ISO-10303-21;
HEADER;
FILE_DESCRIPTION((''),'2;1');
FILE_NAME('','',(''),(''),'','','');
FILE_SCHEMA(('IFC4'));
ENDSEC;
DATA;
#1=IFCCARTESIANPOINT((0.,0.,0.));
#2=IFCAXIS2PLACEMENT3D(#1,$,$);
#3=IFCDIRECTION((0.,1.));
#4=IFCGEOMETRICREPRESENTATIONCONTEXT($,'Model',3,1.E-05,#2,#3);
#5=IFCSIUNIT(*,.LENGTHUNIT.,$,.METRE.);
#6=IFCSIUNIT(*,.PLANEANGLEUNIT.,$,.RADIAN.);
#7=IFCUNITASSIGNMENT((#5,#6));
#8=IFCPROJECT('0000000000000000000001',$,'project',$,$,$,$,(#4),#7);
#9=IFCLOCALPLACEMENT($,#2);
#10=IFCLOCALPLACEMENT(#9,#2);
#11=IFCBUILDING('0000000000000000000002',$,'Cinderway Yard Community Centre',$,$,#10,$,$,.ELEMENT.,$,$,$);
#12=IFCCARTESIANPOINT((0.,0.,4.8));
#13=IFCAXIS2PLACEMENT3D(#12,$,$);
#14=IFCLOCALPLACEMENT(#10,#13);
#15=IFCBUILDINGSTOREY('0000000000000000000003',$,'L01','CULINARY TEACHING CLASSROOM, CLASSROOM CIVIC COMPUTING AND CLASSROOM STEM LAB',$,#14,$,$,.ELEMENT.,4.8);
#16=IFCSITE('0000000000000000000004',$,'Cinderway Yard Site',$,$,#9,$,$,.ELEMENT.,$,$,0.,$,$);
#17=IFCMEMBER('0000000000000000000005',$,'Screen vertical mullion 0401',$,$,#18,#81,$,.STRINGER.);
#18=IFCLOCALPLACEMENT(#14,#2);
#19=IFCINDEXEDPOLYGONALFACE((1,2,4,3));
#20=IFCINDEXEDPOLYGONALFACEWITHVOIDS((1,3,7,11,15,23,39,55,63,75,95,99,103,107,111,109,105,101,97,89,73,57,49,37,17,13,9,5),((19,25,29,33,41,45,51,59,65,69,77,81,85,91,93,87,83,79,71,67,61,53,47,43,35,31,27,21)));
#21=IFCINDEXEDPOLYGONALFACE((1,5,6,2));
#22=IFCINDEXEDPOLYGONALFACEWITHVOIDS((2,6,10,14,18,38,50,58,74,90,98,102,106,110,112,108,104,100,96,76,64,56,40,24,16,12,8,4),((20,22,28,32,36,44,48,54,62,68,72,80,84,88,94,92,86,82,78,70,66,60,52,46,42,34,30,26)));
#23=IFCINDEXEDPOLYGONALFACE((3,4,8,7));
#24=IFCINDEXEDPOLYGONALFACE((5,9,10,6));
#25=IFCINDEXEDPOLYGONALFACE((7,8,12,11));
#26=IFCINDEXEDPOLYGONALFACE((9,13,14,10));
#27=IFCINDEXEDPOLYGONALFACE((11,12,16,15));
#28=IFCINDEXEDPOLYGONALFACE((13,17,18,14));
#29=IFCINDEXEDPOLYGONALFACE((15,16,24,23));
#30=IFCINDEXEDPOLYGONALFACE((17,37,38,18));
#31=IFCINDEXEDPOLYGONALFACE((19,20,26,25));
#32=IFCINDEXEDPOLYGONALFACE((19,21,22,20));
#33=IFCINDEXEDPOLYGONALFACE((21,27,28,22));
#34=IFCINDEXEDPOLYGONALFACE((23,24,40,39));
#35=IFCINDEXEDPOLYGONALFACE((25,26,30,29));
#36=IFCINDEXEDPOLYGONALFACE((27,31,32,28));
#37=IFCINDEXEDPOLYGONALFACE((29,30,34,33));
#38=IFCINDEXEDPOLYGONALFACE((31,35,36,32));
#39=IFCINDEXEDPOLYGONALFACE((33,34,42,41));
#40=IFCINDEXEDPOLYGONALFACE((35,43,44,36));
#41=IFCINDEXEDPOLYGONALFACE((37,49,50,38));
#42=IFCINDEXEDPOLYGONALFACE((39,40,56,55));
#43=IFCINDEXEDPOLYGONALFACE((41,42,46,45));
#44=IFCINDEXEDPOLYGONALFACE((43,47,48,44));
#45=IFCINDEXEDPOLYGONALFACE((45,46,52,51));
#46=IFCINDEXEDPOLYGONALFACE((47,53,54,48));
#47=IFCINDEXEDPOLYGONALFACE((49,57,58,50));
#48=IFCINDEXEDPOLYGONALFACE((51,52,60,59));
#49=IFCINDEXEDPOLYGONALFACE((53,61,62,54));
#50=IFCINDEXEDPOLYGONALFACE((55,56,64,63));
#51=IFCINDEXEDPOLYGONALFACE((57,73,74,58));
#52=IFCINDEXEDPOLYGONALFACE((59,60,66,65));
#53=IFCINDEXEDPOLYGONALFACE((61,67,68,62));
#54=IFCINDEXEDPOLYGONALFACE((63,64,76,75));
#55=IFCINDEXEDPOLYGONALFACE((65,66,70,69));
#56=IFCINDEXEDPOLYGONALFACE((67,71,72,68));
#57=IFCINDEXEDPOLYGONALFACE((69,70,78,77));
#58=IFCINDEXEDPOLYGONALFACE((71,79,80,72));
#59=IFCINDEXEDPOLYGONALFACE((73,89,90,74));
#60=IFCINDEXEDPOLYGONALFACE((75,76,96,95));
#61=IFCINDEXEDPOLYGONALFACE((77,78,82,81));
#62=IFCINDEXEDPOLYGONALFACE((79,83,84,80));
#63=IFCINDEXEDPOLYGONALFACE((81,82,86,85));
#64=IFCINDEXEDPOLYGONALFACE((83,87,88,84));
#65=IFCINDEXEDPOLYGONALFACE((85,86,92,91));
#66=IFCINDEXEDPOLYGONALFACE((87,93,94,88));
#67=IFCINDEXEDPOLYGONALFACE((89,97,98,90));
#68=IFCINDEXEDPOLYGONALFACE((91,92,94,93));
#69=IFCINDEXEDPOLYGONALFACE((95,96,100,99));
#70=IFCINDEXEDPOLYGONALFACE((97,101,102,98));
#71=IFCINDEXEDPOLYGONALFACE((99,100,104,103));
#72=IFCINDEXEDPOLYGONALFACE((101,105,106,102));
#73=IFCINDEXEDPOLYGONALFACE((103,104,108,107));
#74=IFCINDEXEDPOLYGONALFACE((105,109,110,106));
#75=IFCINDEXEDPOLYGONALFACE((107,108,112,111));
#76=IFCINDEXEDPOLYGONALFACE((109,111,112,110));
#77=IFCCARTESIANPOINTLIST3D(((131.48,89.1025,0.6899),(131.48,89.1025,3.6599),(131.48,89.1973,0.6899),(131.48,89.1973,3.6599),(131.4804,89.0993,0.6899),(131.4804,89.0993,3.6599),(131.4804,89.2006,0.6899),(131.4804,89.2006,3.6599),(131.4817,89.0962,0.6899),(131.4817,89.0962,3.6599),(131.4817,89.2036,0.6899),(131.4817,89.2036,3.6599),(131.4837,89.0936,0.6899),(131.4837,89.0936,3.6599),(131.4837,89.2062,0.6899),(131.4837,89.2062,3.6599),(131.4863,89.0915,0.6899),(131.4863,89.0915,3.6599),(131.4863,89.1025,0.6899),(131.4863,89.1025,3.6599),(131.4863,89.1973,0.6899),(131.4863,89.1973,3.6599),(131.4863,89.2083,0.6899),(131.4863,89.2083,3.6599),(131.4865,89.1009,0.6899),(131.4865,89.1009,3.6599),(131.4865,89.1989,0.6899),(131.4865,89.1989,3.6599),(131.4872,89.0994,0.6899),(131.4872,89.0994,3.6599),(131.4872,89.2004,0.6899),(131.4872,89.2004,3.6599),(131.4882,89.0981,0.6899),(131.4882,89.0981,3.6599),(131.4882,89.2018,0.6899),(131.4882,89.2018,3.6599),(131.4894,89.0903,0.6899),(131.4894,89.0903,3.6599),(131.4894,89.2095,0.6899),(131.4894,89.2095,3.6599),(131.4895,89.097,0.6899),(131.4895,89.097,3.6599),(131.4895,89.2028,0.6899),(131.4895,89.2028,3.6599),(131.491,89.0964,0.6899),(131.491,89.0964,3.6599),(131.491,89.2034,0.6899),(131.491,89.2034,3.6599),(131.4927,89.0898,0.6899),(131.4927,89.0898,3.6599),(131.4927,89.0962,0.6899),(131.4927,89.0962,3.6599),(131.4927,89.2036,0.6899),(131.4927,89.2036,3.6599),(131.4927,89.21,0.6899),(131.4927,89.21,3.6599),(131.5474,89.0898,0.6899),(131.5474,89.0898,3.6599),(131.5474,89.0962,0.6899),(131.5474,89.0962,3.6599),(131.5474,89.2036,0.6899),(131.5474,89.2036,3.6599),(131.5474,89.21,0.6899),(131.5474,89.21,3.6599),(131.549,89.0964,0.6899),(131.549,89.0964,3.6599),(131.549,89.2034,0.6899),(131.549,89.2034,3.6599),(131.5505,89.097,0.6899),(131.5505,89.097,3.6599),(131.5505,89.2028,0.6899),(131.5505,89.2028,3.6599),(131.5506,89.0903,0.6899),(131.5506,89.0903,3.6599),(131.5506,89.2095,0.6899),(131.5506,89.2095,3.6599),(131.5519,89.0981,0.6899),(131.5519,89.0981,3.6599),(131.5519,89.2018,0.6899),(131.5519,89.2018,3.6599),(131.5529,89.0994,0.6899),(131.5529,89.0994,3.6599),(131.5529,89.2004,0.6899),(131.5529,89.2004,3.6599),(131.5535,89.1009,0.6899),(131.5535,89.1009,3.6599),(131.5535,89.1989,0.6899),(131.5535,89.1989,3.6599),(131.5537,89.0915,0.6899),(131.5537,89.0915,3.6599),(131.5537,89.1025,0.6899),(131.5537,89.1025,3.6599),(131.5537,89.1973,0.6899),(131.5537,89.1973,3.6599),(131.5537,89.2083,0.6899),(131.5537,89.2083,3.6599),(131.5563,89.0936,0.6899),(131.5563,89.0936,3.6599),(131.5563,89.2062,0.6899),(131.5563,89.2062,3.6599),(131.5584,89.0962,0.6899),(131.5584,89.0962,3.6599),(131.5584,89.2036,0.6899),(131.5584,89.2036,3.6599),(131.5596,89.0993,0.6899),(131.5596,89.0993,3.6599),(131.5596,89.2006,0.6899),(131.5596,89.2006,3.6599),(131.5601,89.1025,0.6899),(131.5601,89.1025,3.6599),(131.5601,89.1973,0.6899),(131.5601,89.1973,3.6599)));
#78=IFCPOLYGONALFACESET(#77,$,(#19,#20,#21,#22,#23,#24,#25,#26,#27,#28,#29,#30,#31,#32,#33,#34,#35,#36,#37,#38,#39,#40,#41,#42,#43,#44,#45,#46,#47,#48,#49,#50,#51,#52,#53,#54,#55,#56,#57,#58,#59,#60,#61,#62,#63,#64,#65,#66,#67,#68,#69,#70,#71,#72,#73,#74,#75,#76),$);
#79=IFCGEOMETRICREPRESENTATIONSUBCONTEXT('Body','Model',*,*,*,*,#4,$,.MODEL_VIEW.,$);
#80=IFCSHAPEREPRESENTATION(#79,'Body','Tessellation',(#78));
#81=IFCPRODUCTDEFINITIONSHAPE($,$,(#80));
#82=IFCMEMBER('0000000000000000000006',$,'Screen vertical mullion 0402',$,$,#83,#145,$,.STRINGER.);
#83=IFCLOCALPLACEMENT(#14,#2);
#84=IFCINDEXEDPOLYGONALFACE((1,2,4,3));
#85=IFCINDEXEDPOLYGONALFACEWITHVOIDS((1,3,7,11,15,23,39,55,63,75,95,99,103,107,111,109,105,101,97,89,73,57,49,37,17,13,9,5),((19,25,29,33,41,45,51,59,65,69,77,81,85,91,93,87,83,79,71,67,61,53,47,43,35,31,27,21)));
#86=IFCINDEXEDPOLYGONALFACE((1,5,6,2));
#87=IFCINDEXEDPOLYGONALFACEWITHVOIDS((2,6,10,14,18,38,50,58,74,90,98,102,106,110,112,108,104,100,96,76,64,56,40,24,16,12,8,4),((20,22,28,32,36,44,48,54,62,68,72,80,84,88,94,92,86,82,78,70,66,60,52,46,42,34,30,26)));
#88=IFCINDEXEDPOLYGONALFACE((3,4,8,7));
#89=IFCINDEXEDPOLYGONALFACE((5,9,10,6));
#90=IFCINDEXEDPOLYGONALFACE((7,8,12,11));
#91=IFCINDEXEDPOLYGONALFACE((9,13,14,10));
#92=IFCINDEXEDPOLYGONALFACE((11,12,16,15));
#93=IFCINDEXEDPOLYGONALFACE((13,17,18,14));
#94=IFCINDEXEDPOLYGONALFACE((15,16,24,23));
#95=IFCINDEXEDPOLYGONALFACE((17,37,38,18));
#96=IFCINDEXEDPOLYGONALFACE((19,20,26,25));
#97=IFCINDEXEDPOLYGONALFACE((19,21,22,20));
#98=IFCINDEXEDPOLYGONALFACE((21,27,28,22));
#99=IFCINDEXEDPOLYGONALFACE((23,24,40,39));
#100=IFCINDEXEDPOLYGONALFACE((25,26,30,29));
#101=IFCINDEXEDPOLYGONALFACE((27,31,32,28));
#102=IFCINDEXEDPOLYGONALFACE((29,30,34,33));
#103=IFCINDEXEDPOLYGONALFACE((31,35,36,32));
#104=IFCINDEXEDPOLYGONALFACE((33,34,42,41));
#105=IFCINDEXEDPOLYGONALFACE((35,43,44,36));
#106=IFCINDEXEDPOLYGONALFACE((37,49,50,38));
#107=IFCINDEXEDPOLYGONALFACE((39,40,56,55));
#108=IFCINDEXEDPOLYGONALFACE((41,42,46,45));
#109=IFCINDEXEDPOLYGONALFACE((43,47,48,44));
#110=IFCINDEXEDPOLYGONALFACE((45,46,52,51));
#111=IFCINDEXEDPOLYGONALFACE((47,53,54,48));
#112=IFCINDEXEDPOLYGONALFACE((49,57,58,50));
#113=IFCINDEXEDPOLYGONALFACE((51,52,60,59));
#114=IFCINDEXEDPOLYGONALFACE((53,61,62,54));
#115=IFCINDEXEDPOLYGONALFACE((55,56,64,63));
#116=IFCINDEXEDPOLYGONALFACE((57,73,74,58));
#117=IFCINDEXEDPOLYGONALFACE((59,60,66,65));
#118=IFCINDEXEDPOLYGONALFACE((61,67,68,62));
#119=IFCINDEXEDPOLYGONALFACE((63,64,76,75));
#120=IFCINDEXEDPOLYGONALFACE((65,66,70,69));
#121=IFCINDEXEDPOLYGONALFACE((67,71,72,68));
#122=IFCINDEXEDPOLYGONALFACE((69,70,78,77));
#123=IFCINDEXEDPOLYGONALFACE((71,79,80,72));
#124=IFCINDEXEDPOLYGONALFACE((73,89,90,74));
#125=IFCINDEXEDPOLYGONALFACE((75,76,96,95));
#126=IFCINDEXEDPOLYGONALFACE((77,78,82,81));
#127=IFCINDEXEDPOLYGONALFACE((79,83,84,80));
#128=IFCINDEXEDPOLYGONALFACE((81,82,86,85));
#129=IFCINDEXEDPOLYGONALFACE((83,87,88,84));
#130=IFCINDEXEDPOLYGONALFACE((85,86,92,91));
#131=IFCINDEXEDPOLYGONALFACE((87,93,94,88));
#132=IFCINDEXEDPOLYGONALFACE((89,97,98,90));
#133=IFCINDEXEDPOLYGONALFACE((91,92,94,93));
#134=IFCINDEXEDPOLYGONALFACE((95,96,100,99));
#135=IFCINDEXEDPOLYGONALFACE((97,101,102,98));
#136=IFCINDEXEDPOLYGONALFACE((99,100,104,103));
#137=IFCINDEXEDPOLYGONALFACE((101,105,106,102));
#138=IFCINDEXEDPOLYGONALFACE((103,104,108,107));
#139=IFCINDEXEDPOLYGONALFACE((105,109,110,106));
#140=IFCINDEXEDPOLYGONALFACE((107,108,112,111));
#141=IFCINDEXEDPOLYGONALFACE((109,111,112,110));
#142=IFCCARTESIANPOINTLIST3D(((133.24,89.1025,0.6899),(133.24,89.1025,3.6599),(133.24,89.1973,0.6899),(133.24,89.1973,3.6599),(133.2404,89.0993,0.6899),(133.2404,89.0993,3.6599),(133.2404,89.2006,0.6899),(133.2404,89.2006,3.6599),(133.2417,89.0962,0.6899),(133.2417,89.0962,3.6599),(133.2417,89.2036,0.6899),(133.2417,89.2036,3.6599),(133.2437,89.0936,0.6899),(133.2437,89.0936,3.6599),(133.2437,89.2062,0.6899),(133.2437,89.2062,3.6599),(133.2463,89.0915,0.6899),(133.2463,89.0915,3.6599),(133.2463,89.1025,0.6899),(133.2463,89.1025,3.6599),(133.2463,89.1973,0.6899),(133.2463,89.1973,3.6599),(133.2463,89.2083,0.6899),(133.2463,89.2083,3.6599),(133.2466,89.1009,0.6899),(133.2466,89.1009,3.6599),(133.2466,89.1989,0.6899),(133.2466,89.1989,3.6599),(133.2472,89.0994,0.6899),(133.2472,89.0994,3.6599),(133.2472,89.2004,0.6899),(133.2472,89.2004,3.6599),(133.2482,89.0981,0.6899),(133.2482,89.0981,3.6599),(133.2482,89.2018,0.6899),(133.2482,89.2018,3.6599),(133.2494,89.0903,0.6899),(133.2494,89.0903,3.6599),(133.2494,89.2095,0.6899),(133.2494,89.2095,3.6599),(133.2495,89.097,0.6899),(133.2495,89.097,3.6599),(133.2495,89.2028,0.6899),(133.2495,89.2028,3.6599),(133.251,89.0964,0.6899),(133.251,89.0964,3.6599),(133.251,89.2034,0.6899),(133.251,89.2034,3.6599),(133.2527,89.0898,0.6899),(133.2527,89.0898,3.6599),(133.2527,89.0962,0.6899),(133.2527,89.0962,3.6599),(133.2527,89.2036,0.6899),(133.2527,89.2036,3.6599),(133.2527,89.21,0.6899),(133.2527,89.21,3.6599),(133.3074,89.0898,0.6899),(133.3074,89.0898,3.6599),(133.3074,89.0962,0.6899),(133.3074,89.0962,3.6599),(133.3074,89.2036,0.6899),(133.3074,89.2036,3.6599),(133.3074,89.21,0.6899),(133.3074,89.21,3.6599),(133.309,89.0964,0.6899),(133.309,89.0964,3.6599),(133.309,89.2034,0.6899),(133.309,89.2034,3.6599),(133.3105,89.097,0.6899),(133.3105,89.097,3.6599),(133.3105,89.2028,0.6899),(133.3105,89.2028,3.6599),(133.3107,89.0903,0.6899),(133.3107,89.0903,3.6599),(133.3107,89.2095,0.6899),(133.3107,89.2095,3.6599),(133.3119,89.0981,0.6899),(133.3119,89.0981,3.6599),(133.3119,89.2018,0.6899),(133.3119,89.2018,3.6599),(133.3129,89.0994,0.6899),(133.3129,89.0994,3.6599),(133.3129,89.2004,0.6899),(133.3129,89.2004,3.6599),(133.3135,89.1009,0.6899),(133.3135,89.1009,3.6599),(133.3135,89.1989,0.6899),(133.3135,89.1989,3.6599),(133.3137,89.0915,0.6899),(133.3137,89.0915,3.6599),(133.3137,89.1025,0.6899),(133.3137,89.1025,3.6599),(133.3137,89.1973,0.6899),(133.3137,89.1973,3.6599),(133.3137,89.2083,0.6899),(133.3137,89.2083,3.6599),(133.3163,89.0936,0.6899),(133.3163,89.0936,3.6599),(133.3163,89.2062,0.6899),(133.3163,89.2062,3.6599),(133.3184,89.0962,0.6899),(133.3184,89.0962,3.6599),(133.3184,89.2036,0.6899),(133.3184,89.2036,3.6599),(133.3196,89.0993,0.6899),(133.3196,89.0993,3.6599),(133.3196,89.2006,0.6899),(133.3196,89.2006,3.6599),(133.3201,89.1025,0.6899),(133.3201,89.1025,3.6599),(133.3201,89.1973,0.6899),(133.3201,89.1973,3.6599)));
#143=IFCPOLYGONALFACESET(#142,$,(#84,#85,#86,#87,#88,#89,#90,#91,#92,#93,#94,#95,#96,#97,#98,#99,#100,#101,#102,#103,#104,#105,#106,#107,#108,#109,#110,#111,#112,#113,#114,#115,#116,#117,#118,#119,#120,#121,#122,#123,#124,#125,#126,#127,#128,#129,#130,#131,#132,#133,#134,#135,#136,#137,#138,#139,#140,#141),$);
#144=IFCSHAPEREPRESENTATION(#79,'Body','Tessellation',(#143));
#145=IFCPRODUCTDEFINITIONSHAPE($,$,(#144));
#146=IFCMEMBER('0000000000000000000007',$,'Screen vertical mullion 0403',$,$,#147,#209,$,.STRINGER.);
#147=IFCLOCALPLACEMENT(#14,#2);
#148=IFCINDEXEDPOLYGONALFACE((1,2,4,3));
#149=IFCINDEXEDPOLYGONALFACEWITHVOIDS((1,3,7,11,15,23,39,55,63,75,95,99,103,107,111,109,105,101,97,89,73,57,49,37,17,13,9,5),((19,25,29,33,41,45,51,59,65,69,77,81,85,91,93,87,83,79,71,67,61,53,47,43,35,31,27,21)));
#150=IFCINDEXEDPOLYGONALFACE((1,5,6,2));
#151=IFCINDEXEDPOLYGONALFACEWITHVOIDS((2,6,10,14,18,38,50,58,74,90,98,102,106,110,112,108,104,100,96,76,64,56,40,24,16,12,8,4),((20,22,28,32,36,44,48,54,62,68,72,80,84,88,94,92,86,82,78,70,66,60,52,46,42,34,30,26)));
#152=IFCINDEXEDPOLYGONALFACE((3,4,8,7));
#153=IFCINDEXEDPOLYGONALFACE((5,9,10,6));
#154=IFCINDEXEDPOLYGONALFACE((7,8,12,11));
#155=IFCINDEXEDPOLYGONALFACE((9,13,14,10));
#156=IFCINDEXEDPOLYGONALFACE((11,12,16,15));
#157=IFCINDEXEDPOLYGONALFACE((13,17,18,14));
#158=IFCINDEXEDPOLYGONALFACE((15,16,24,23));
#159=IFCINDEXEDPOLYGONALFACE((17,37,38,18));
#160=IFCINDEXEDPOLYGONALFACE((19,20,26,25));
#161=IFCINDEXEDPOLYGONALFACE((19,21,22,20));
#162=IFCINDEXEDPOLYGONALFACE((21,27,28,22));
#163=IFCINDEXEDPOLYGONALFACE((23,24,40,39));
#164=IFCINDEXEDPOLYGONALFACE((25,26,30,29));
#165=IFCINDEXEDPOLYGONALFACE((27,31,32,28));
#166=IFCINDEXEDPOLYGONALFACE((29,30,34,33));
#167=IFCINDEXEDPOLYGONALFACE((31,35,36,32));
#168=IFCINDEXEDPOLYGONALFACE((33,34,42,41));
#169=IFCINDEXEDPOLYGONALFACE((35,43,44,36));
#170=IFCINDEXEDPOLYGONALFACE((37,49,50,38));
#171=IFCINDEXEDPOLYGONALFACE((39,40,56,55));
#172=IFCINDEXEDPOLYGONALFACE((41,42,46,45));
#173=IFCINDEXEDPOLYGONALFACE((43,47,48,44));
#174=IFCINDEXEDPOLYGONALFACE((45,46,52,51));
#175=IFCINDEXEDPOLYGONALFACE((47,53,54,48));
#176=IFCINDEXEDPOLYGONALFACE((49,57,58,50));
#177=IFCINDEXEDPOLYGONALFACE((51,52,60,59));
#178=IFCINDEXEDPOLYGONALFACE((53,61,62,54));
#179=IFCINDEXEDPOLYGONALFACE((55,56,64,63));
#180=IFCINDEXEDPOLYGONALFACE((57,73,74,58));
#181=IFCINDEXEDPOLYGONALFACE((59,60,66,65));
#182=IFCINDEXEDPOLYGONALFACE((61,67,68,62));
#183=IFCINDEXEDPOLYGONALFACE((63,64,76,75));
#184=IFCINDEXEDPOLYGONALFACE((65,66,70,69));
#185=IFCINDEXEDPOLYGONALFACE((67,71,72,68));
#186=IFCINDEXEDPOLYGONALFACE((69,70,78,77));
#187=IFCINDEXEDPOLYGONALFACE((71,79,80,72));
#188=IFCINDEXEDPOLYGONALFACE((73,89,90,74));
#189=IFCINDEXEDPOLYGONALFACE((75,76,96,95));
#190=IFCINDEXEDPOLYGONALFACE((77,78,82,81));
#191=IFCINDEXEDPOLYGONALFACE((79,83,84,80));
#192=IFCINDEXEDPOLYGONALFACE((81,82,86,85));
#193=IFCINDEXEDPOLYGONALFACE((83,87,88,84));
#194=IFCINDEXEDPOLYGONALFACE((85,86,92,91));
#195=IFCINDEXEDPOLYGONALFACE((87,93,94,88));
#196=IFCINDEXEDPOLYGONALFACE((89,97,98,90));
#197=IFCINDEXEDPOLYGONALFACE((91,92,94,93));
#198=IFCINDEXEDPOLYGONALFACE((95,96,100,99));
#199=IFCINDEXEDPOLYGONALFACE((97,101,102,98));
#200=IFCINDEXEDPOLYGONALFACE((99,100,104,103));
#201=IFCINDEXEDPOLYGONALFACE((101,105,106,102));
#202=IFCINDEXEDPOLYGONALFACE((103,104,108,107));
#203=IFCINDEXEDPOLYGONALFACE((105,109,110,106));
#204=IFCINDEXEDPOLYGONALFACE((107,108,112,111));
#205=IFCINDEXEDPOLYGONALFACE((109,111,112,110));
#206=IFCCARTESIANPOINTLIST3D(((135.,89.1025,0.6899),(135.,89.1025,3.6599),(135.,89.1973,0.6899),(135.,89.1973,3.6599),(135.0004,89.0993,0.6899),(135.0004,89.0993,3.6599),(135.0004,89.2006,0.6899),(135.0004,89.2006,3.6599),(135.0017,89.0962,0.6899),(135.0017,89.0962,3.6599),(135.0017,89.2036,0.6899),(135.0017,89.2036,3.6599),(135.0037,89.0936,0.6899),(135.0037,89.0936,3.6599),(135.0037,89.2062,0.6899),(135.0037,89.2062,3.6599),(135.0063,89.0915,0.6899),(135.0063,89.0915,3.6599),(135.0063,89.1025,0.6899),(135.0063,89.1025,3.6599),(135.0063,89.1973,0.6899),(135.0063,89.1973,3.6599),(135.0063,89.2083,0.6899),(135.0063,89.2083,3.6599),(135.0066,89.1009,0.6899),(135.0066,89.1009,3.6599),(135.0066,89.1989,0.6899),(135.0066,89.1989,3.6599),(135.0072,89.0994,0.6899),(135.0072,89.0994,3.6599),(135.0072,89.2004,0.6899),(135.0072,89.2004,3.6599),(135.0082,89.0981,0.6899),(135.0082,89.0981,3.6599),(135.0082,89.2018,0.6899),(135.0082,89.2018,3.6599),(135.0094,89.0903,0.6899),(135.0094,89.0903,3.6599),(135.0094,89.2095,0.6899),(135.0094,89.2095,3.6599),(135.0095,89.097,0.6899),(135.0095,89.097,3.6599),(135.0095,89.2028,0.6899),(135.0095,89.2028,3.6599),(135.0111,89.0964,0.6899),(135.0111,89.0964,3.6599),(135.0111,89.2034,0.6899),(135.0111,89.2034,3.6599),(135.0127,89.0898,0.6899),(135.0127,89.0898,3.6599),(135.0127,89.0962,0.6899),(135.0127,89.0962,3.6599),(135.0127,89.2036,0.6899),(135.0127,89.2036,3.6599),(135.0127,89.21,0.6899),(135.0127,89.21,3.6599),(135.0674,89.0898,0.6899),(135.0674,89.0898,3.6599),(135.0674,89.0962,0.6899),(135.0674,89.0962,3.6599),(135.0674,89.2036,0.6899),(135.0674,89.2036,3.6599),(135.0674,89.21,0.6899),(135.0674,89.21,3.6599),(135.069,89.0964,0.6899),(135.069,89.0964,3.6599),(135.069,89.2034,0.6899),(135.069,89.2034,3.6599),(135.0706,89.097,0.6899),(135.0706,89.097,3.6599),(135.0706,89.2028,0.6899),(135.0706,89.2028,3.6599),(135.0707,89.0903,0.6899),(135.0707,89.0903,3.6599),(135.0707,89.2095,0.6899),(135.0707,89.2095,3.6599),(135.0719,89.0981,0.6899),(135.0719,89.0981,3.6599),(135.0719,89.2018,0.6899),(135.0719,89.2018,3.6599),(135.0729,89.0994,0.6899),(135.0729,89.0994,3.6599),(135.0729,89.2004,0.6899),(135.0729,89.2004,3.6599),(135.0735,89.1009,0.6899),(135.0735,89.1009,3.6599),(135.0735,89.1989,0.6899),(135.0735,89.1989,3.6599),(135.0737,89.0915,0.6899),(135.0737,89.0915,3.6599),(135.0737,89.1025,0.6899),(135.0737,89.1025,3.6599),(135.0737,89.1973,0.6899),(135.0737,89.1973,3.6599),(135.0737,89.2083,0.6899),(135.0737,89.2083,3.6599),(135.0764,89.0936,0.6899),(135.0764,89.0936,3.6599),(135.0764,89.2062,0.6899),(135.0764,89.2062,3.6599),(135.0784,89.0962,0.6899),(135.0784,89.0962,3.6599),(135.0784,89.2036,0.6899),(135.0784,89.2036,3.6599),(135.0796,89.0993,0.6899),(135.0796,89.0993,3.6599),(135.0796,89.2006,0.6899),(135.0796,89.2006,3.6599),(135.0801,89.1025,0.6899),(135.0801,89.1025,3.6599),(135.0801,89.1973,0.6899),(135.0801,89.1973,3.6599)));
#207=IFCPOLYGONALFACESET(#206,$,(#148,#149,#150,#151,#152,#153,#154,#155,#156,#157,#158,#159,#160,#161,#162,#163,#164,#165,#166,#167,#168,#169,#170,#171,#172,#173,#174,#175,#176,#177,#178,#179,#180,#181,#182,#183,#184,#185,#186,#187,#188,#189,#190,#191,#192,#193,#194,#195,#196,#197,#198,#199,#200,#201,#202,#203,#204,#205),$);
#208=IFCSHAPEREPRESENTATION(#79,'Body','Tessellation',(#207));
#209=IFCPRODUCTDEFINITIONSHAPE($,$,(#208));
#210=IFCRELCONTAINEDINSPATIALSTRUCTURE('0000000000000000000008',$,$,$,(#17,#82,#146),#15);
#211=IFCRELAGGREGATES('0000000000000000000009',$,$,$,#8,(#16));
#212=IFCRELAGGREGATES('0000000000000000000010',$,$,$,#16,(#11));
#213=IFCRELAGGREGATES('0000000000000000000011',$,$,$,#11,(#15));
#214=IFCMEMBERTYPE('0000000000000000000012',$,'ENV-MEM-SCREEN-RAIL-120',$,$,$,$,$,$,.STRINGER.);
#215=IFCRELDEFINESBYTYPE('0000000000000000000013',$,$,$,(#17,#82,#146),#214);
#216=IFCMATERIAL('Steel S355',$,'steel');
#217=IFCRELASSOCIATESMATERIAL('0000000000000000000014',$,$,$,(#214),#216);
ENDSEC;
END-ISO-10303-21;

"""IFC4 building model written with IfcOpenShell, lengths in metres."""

from ifc_helpers import new_model, si_unit, direction, frame, origin, origin_2d, place, context, subcontext, project, spatial, hollow_rectangle, extrude, material, material_profile, profile_set, type_object, element, save


model = new_model("IFC4")

# Units and contexts
model_context = context("Model", 3, precision=1e-05, world=origin(), true_north=direction((0.0, 1.0)))
body_context = subcontext(model_context, "Body", "Model", "MODEL_VIEW")
ifc_project = project(units=[si_unit("LENGTHUNIT", "METRE"), si_unit("PLANEANGLEUNIT", "RADIAN")], contexts=[model_context])

# Site, building, storey
site_placement = place(None, origin())
site = spatial("IfcSite", under=ifc_project, at=site_placement, Name="Cinderway Yard Site", CompositionType="ELEMENT", RefElevation=0.0)
building_placement = place(site_placement, origin())
building = spatial("IfcBuilding", under=site, at=building_placement, Name="Cinderway Yard Community Centre", CompositionType="ELEMENT")
storey_placement = place(building_placement, frame((0.0, 0.0, 4.8)))
storey = spatial("IfcBuildingStorey", under=building, at=storey_placement, Name="L01", Description="CULINARY TEACHING CLASSROOM, CLASSROOM CIVIC COMPUTING AND CLASSROOM STEM LAB", CompositionType="ELEMENT", Elevation=4.8)

# Members
ifc_material_1 = material(Name="Steel S355", Category="steel")
ifc_material_profile_1 = material_profile(ifc_material_1, hollow_rectangle(XDim=0.0801, YDim=0.1201, WallThickness=0.0063, InnerFilletRadius=0.0063, OuterFilletRadius=0.0127, at=origin_2d()), Name="Steel S355")
ifc_profile_set_1 = profile_set([ifc_material_profile_1], Name="Steel S355")
member_type_1 = type_object("IfcMemberType", Name="ENV-MEM-SCREEN-RAIL-120", PredefinedType="STRINGER", material=ifc_profile_set_1)
for number, where, z_axis, x_axis, name in (
    (1, (131.52, 89.1499, 0.6899), (0.0, 0.0, 1.0), (1.0, 0.0, 0.0), "Screen vertical mullion 0401"),
    (2, (133.28, 89.1499, 0.6899), (0.0, 0.0, 1.0), (1.0, 0.0, 0.0), "Screen vertical mullion 0402"),
    (3, (135.04, 89.1499, 0.6899), (0.0, 0.0, 1.0), (1.0, 0.0, 0.0), "Screen vertical mullion 0403"),
):
    element("IfcMember", number, at=place(storey_placement, frame(where, z_axis=z_axis, x_axis=x_axis)), inside=storey, type_object=member_type_1, Name=name, PredefinedType="STRINGER", context=body_context, shape_type="SweptSolid", body=[
        extrude(hollow_rectangle(XDim=0.0801, YDim=0.1201, WallThickness=0.0063, InnerFilletRadius=0.0063, OuterFilletRadius=0.0127, at=origin_2d()), origin(), (0.0, 0.0, 1.0), 2.97),
    ])

save(model, "model.ifc")
